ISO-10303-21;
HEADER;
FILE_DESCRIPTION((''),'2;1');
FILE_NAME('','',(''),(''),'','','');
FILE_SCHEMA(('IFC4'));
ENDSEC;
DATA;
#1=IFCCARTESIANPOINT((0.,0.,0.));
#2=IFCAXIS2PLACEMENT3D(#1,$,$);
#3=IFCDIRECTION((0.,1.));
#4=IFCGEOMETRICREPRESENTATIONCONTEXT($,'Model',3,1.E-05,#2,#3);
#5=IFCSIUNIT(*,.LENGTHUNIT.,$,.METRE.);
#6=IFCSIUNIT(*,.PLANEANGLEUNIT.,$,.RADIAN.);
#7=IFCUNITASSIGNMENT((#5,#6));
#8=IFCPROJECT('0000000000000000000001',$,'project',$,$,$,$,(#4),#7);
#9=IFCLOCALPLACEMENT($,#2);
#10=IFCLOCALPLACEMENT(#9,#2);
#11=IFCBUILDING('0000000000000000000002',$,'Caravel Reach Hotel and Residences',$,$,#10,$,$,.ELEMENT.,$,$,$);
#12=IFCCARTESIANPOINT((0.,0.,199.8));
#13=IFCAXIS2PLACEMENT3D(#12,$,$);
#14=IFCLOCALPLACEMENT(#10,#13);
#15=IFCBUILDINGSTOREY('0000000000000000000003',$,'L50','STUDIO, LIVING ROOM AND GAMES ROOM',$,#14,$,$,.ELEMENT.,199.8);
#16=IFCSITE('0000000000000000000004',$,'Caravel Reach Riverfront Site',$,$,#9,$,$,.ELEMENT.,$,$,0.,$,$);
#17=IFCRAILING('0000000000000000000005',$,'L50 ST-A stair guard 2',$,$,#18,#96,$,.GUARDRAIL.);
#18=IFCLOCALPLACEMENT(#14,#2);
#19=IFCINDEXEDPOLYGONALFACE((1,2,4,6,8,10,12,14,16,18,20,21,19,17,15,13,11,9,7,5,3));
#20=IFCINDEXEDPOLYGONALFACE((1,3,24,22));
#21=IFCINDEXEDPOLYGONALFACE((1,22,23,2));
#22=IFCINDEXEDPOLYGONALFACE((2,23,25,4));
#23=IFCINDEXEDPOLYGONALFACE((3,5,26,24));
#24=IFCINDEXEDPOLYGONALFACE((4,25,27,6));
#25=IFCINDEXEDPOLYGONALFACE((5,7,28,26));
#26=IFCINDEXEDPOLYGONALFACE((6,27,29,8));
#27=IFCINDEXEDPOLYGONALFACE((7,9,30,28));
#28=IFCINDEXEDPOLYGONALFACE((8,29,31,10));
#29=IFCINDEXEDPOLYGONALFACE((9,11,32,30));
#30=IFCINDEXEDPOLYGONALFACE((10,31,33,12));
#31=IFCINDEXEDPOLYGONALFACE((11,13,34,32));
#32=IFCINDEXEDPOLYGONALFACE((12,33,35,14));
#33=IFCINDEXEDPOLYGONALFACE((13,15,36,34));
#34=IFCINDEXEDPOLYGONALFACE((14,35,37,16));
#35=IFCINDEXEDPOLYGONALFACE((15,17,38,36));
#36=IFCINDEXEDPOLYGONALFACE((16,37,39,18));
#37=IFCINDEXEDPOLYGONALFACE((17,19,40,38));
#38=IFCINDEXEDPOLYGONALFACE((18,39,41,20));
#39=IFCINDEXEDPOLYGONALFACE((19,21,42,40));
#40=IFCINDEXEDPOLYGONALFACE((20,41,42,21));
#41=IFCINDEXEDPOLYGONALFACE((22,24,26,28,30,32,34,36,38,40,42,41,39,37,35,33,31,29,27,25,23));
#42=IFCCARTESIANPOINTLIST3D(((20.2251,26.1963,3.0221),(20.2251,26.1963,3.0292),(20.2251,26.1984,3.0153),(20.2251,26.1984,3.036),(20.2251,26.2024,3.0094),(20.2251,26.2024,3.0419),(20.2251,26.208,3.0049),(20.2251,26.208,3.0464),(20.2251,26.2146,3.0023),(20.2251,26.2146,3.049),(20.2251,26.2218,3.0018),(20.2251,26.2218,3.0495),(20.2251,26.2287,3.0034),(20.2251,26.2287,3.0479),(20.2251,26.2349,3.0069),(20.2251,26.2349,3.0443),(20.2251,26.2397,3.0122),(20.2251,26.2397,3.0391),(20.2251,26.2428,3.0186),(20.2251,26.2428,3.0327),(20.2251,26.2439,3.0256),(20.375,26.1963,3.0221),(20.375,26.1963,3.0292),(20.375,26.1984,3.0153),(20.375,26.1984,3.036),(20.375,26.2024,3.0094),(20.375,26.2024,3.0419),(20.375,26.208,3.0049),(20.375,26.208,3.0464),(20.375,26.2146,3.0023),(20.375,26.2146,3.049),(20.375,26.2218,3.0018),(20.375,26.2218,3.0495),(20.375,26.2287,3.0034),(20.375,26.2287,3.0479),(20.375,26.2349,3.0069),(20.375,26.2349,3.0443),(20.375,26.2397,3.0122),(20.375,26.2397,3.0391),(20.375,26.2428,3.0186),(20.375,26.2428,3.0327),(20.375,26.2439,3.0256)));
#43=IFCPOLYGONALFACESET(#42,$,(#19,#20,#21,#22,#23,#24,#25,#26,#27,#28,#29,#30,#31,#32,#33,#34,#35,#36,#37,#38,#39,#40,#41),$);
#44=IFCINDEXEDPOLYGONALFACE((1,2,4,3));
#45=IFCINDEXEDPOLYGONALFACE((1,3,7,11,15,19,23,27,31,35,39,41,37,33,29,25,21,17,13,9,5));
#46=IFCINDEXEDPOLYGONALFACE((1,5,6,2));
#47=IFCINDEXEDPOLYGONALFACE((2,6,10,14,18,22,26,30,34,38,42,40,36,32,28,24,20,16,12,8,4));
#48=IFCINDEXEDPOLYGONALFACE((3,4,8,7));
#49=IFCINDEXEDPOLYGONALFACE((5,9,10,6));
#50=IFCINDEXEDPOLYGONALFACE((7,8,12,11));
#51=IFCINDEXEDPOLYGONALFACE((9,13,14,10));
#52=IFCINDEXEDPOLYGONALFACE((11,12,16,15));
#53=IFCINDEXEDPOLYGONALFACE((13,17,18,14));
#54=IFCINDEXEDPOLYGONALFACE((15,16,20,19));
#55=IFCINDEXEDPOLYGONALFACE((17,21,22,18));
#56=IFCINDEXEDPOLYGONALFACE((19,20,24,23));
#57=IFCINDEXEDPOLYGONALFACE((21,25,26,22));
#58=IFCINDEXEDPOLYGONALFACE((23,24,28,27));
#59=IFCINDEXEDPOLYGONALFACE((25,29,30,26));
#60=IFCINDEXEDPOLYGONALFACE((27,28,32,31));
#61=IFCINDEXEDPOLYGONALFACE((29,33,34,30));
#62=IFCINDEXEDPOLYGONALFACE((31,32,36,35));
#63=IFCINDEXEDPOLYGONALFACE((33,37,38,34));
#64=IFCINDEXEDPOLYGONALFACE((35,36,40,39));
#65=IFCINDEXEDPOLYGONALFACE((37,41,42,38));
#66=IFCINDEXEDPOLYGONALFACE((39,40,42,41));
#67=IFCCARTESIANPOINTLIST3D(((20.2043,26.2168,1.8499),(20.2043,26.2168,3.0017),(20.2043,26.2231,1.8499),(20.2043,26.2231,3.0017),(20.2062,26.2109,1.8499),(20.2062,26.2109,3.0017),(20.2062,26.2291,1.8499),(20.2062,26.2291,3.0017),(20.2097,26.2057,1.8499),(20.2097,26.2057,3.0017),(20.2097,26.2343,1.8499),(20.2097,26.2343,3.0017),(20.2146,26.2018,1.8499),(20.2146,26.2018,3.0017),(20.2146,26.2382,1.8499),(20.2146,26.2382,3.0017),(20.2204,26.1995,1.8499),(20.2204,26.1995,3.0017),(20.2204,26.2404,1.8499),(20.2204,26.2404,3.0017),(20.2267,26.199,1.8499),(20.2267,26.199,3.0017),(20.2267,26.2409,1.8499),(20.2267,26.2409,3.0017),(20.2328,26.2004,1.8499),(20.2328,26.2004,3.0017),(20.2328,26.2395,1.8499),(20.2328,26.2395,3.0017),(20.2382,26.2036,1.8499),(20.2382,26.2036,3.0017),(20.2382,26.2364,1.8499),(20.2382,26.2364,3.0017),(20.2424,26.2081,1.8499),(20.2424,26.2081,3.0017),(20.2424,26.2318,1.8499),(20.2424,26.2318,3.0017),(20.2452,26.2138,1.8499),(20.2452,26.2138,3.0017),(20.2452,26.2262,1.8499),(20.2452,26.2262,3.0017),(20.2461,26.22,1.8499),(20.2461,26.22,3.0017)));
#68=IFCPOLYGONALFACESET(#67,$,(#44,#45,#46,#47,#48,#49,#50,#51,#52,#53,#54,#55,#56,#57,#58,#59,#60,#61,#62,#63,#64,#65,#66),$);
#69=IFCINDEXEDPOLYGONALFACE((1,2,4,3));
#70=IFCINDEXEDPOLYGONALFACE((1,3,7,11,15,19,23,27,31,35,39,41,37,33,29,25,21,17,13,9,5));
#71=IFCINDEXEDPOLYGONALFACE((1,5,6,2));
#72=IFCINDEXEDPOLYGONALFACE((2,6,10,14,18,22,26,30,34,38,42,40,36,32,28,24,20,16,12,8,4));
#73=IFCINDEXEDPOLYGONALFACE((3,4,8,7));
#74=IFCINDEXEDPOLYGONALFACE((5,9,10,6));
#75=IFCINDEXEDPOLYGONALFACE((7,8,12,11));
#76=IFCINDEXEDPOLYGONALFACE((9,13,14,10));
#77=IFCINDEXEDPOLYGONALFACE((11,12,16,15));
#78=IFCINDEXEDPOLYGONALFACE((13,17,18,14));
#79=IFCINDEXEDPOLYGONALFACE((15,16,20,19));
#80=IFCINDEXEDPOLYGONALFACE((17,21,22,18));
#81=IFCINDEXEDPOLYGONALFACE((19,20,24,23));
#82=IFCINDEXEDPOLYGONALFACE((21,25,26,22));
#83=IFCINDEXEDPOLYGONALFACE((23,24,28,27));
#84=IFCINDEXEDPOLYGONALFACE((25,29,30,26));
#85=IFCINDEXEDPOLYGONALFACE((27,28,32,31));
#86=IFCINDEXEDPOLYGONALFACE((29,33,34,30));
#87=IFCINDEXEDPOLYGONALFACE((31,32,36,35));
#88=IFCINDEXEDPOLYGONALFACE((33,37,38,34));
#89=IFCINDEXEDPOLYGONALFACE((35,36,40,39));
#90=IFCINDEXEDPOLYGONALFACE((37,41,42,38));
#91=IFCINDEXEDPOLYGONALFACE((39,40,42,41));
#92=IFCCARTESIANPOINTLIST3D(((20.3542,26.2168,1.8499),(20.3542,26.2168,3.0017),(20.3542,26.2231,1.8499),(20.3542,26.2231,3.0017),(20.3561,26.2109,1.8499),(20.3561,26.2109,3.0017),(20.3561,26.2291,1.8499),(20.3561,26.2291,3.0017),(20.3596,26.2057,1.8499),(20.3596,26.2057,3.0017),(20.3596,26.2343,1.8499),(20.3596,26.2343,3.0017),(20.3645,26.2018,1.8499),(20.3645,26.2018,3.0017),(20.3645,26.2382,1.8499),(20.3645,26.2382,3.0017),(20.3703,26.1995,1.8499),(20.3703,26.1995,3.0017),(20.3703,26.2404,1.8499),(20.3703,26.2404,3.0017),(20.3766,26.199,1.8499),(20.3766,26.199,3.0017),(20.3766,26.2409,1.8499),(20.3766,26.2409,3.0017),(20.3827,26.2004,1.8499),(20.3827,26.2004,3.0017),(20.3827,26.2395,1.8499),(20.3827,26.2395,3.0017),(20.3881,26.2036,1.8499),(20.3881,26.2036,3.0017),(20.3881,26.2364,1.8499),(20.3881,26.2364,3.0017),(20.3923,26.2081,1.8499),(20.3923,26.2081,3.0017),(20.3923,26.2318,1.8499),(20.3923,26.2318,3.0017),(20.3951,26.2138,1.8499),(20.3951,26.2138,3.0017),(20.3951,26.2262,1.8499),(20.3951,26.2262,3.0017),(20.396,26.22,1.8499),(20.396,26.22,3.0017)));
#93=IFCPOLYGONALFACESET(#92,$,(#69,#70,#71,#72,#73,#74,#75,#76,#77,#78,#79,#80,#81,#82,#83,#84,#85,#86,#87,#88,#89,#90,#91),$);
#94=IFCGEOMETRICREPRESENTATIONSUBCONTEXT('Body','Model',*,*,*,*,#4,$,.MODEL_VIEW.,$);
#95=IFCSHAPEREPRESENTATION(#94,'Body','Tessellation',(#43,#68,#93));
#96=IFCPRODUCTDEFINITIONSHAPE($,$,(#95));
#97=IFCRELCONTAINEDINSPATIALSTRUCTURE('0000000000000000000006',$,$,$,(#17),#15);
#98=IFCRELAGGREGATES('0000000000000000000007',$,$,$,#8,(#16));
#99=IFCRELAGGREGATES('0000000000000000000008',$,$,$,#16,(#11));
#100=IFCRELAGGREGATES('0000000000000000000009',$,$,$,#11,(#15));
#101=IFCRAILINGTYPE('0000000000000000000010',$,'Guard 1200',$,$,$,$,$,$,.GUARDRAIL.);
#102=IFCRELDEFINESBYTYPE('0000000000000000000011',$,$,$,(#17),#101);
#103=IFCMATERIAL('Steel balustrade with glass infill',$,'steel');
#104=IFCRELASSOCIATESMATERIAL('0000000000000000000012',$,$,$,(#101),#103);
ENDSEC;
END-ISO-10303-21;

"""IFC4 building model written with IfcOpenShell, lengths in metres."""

from ifc_helpers import new_model, si_unit, direction, frame, origin, origin_2d, place, context, subcontext, project, spatial, circle, extrude, material, type_object, element, save


model = new_model("IFC4")

# Units and contexts
model_context = context("Model", 3, precision=1e-05, world=origin(), true_north=direction((0.0, 1.0)))
body_context = subcontext(model_context, "Body", "Model", "MODEL_VIEW")
ifc_project = project(units=[si_unit("LENGTHUNIT", "METRE"), si_unit("PLANEANGLEUNIT", "RADIAN")], contexts=[model_context])

# Site, building, storey
site_placement = place(None, origin())
site = spatial("IfcSite", under=ifc_project, at=site_placement, Name="Caravel Reach Riverfront Site", CompositionType="ELEMENT", RefElevation=0.0)
building_placement = place(site_placement, origin())
building = spatial("IfcBuilding", under=site, at=building_placement, Name="Caravel Reach Hotel and Residences", CompositionType="ELEMENT")
storey_placement = place(building_placement, frame((0.0, 0.0, 199.8)))
storey = spatial("IfcBuildingStorey", under=building, at=storey_placement, Name="L50", Description="STUDIO, LIVING ROOM AND GAMES ROOM", CompositionType="ELEMENT", Elevation=199.8)

# Railing
ifc_material_1 = material(Name="Steel balustrade with glass infill", Category="steel")
railing_type_1 = type_object("IfcRailingType", Name="Guard 1200", PredefinedType="GUARDRAIL", material=ifc_material_1)
railing_1_placement = place(storey_placement, frame((20.2251, 26.22, 1.8499)))
element("IfcRailing", 1, at=railing_1_placement, inside=storey, type_object=railing_type_1, Name="L50 ST-A stair guard 2", PredefinedType="GUARDRAIL", context=body_context, shape_type="SweptSolid", body=[
    extrude(circle(Radius=0.0239, at=origin_2d()), frame((0.0, 0.0, 1.1758), z_axis=(1.0, 0.0, 0.0), x_axis=(0.0, 1.0, 0.0)), (0.0, 0.0, 1.0), 0.1499),
    extrude(circle(Radius=0.021, at=origin_2d()), origin(), (0.0, 0.0, 1.0), 1.1519),
    extrude(circle(Radius=0.021, at=origin_2d()), frame((0.1499, 0.0, 0.0)), (0.0, 0.0, 1.0), 1.1519),
])

save(model, "model.ifc")
